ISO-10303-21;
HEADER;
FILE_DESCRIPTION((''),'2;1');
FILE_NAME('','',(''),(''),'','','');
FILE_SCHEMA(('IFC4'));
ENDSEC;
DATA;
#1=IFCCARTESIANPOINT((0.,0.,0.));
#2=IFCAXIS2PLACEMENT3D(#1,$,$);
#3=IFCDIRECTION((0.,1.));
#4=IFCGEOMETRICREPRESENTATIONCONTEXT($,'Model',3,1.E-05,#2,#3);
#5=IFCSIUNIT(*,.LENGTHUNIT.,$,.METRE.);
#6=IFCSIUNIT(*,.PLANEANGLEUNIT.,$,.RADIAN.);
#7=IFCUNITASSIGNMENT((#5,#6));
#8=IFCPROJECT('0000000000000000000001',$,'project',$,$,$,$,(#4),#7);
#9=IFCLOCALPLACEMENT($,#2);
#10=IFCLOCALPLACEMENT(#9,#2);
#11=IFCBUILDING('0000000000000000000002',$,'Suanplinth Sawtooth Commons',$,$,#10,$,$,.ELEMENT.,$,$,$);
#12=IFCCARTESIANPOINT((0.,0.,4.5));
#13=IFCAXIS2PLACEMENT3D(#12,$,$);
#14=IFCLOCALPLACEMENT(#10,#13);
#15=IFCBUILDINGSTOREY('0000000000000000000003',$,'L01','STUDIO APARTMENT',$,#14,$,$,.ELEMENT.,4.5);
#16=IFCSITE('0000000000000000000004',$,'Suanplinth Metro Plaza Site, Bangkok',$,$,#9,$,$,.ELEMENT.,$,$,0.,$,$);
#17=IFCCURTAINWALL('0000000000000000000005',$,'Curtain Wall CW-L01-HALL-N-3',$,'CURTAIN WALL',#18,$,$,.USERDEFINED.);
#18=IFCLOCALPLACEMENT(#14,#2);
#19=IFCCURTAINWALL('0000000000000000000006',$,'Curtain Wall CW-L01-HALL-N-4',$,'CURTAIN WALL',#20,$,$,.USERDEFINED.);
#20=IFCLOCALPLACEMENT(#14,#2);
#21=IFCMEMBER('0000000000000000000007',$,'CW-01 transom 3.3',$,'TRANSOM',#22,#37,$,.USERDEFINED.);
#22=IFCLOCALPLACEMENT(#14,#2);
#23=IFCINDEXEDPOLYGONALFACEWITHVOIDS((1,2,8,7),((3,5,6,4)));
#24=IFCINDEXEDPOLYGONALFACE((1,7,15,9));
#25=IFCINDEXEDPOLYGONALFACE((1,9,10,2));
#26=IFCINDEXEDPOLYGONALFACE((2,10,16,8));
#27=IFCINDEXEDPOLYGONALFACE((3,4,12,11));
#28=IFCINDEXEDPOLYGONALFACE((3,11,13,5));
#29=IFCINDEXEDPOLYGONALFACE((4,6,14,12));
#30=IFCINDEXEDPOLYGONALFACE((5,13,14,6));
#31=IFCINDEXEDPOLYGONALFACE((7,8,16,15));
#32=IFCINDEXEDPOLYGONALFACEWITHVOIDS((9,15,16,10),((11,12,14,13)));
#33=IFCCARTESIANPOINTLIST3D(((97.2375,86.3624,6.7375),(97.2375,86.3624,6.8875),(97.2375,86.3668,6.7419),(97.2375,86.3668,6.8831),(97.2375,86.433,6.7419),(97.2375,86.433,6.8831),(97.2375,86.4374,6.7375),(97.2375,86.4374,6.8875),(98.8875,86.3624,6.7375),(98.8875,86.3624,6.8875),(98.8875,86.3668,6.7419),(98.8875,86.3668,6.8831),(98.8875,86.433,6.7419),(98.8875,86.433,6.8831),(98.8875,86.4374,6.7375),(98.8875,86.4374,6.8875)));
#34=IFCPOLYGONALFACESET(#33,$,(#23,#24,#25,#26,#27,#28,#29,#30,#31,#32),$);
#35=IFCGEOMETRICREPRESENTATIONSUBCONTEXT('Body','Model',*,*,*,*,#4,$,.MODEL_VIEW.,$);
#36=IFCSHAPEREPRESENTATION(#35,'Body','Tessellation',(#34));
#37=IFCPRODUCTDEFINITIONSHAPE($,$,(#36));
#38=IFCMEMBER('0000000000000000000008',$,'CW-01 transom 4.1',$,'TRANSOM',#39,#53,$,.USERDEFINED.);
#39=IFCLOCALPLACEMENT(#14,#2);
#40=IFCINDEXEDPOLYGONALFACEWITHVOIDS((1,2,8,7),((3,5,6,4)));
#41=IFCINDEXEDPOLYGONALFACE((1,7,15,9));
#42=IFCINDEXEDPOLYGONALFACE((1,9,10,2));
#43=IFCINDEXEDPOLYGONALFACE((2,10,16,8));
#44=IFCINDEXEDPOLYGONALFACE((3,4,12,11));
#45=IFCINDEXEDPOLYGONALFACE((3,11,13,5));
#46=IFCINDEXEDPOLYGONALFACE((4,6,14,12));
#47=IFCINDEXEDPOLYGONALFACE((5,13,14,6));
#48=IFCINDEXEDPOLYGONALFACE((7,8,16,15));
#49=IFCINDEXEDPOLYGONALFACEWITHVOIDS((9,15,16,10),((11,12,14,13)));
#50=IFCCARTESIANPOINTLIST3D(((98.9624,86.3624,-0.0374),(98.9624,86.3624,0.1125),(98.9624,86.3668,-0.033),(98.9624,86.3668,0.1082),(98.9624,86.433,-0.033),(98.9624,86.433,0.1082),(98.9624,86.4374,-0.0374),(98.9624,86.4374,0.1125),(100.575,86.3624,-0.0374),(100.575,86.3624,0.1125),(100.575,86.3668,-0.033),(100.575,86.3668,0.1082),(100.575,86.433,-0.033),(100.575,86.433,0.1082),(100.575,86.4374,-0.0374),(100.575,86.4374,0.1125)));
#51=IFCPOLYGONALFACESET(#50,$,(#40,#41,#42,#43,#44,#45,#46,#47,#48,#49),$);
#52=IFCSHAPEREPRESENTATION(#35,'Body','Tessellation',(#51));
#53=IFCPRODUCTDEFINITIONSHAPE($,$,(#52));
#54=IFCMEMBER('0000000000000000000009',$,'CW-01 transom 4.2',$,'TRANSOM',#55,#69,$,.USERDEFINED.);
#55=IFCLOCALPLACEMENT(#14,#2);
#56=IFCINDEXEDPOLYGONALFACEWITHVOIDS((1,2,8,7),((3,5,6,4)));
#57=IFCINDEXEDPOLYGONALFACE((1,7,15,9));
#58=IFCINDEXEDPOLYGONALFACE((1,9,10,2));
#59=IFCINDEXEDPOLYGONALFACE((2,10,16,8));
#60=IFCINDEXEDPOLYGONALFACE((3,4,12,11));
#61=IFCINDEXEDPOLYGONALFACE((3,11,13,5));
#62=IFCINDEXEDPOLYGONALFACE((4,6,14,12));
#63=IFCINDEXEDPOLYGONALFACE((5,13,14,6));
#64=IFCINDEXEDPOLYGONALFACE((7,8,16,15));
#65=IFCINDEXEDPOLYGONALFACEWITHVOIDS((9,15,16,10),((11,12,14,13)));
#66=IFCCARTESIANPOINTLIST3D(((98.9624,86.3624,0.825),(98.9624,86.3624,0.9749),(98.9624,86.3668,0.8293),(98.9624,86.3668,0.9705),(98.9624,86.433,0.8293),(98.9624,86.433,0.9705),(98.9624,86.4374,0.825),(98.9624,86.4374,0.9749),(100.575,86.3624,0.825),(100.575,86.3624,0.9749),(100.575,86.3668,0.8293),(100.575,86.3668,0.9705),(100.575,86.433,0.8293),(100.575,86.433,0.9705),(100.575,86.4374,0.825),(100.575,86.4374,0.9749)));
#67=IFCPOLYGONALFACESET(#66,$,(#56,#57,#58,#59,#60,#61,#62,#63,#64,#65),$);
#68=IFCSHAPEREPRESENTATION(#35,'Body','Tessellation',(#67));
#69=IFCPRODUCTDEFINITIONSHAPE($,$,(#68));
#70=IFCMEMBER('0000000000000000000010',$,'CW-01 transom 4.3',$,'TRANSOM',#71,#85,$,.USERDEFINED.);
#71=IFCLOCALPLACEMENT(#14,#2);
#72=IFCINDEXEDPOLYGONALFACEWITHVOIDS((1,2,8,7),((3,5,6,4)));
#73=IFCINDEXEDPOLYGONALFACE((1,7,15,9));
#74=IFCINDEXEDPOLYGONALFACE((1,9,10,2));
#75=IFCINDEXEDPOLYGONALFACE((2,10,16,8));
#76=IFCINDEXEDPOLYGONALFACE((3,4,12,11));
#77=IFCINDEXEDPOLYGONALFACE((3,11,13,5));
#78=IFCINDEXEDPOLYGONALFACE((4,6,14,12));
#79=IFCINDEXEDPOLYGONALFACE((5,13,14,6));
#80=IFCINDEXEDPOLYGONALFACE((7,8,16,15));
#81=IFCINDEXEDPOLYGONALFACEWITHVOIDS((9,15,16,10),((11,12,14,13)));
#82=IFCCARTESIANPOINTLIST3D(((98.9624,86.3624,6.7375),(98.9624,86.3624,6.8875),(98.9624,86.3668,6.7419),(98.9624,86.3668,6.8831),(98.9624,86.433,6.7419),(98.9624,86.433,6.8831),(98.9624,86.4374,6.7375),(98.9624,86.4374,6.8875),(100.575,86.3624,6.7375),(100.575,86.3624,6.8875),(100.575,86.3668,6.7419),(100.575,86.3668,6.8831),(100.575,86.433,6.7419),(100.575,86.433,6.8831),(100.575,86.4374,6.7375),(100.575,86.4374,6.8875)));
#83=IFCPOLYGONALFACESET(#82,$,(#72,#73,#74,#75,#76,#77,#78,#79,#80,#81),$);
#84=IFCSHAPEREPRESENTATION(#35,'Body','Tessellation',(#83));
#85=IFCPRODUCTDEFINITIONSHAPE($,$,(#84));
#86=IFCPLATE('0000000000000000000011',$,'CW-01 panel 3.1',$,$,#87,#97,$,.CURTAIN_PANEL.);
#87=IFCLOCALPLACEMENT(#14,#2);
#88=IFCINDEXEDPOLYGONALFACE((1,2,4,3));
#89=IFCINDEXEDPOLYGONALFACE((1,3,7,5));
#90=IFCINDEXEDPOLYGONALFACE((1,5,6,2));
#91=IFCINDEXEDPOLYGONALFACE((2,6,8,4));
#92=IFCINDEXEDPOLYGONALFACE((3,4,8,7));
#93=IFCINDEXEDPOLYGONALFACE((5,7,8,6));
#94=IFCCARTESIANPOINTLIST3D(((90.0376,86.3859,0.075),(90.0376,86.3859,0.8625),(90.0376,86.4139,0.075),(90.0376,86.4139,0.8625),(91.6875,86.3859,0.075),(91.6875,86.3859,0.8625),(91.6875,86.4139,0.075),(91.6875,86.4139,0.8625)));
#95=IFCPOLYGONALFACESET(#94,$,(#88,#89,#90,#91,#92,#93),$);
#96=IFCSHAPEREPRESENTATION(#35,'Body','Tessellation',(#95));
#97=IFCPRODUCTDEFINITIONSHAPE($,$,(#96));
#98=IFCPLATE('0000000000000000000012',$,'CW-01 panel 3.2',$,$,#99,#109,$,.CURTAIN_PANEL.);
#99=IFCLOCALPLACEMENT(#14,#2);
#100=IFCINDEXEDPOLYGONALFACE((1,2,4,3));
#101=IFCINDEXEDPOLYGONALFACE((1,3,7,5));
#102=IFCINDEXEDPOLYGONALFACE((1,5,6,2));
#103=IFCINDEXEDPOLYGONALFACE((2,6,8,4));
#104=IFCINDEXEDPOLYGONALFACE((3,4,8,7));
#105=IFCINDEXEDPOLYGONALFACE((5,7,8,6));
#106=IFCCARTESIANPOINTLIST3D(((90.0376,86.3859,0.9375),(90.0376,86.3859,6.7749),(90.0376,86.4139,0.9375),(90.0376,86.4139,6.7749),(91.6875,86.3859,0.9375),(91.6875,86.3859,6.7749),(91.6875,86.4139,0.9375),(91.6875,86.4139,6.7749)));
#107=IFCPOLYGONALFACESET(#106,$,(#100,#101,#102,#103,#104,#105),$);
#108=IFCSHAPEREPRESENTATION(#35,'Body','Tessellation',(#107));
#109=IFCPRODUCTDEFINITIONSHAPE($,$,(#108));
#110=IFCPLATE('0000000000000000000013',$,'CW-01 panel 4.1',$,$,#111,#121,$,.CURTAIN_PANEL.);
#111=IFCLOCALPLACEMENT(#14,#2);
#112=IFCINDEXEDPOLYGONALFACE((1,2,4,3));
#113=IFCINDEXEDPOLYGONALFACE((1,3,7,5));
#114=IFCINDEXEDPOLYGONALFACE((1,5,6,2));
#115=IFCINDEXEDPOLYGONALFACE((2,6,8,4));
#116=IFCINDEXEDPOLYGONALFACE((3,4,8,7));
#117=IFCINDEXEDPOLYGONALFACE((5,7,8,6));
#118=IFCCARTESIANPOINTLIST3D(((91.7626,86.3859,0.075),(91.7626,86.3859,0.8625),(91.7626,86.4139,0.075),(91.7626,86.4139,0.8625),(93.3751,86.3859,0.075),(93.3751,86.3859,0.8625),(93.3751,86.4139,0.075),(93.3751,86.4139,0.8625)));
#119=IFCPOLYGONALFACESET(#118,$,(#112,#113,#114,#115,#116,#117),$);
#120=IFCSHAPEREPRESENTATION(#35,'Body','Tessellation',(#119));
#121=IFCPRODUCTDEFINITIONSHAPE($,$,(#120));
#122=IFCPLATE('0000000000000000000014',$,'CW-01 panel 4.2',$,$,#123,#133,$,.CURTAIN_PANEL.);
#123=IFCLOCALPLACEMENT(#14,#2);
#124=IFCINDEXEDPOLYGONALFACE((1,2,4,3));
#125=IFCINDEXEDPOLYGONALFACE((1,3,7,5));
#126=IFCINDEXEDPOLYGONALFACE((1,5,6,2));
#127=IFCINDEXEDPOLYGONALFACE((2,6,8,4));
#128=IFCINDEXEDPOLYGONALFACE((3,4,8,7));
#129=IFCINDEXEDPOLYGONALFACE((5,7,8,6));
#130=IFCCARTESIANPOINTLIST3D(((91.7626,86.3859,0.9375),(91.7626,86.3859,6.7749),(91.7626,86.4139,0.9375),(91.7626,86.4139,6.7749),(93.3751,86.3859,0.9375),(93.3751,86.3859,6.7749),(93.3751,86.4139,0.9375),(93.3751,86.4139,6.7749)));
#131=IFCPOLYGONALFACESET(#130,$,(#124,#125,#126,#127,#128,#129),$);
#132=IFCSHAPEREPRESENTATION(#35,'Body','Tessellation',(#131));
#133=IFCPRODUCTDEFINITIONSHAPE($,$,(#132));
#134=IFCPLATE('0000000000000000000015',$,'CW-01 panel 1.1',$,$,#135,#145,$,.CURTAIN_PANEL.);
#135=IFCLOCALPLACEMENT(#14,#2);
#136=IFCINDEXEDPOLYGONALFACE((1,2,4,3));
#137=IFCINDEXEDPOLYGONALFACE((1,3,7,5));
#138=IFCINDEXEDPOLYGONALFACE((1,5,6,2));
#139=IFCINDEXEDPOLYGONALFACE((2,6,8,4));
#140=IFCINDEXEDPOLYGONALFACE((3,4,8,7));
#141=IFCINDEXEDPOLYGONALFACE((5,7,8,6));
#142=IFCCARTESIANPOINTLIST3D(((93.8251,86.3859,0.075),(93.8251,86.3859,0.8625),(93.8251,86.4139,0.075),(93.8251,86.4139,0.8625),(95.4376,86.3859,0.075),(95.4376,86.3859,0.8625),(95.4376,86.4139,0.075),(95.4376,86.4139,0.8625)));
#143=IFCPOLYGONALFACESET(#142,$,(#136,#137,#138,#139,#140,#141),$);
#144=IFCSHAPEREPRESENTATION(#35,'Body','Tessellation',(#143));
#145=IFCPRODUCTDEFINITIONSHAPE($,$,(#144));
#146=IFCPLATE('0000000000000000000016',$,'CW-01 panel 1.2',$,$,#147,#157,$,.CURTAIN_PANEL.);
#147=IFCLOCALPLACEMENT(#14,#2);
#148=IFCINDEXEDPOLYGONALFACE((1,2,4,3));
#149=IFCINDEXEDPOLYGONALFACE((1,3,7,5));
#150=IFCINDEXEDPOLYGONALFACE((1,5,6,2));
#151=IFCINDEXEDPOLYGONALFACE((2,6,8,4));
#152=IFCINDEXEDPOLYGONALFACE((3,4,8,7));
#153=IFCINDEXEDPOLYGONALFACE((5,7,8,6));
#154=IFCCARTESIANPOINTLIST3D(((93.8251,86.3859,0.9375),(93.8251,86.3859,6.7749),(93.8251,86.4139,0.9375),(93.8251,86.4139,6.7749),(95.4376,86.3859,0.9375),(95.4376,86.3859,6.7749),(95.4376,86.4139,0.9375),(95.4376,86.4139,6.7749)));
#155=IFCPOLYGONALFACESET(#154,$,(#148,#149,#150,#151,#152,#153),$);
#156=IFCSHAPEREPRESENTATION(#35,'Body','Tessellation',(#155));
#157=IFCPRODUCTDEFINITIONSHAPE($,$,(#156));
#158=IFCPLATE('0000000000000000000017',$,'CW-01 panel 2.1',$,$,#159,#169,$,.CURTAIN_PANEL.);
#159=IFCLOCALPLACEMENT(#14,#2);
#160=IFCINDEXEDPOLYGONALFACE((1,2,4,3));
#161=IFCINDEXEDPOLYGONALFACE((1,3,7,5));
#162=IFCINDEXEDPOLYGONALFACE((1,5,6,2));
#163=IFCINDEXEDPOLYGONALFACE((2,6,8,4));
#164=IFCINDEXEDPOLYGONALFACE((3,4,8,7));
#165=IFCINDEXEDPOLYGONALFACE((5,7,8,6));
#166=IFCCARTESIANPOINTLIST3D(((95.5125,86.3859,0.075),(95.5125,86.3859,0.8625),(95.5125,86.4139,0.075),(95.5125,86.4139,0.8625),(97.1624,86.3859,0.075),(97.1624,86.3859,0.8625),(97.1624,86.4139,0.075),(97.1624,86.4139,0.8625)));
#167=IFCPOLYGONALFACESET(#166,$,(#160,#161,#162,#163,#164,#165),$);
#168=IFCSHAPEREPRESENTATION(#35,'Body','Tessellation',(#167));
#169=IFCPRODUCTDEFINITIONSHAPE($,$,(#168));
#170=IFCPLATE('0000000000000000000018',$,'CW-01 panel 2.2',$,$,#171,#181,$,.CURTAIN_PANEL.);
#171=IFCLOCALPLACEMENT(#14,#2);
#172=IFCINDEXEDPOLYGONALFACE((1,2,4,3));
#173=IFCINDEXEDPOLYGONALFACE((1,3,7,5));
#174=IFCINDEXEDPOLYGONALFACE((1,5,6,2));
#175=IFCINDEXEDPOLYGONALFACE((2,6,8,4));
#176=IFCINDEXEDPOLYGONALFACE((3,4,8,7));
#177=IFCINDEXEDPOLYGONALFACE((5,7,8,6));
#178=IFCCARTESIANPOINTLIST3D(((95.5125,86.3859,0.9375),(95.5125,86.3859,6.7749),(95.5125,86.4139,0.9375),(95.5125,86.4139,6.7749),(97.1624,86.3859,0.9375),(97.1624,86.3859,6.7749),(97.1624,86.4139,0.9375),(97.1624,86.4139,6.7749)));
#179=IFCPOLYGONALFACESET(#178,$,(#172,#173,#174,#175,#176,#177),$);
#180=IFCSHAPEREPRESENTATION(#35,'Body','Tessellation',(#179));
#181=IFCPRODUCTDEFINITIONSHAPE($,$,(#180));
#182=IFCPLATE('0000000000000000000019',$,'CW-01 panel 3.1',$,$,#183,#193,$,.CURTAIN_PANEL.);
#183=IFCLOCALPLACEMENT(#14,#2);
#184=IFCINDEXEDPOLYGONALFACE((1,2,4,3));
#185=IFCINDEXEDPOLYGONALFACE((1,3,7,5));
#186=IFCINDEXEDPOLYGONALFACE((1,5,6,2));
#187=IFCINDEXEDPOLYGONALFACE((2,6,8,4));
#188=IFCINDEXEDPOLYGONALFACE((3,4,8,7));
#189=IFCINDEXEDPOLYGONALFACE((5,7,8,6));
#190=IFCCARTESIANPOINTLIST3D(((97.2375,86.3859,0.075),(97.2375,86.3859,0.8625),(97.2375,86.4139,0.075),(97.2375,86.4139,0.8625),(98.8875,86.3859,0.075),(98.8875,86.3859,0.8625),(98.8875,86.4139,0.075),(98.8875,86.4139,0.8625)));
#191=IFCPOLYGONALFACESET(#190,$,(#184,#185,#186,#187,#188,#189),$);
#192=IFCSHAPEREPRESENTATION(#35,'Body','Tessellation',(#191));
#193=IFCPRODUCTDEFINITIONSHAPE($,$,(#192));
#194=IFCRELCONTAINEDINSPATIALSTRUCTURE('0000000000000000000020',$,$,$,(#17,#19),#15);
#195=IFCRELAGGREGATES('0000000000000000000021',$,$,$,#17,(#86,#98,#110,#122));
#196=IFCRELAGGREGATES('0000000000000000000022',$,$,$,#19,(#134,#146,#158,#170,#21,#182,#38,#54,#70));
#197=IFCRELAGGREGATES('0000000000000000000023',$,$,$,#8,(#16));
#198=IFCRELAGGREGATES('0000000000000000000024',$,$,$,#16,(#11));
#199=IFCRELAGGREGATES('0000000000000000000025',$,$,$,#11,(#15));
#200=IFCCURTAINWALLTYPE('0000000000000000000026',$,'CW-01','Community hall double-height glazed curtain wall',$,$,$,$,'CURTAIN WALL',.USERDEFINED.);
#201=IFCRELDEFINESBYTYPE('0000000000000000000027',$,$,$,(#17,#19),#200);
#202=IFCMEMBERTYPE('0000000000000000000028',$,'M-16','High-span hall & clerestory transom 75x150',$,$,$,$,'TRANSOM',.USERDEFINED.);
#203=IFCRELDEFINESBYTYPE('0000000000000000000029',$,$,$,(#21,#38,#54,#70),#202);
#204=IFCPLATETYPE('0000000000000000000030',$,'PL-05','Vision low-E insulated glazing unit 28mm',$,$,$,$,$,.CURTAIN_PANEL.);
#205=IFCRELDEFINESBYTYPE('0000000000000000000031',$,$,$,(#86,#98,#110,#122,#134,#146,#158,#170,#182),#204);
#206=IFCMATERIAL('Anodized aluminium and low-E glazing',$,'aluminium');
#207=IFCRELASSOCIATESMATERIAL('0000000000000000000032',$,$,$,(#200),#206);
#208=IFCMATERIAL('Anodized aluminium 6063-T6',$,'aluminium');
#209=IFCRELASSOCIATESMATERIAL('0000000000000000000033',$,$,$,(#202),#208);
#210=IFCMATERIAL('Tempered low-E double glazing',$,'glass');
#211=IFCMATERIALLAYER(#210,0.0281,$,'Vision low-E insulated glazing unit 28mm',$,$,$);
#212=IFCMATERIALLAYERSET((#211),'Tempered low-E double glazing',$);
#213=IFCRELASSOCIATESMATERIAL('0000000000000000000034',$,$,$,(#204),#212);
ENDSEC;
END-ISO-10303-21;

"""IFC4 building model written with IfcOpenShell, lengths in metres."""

from ifc_helpers import new_model, si_unit, direction, frame, origin, origin_2d, place, context, subcontext, project, spatial, rectangle, hollow_rectangle, extrude, material, layer, layer_set, material_profile, profile_set, type_object, element, aggregate, save


model = new_model("IFC4")

# Units and contexts
model_context = context("Model", 3, precision=1e-05, world=origin(), true_north=direction((0.0, 1.0)))
body_context = subcontext(model_context, "Body", "Model", "MODEL_VIEW")
ifc_project = project(units=[si_unit("LENGTHUNIT", "METRE"), si_unit("PLANEANGLEUNIT", "RADIAN")], contexts=[model_context])

# Site, building, storey
site_placement = place(None, origin())
site = spatial("IfcSite", under=ifc_project, at=site_placement, Name="Suanplinth Metro Plaza Site, Bangkok", CompositionType="ELEMENT", RefElevation=0.0)
building_placement = place(site_placement, origin())
building = spatial("IfcBuilding", under=site, at=building_placement, Name="Suanplinth Sawtooth Commons", CompositionType="ELEMENT")
storey_placement = place(building_placement, frame((0.0, 0.0, 4.5)))
storey = spatial("IfcBuildingStorey", under=building, at=storey_placement, Name="L01", Description="STUDIO APARTMENT", CompositionType="ELEMENT", Elevation=4.5)

# Curtain walls
ifc_material_1 = material(Name="Anodized aluminium and low-E glazing", Category="aluminium")
curtain_wall_type = type_object("IfcCurtainWallType", Name="CW-01", Description="Community hall double-height glazed curtain wall", ElementType="CURTAIN WALL", PredefinedType="USERDEFINED", material=ifc_material_1)
curtain_wall_1_placement = place(storey_placement, origin())
curtain_wall_1 = element("IfcCurtainWall", 1, at=curtain_wall_1_placement, inside=storey, type_object=curtain_wall_type, Name="Curtain Wall CW-L01-HALL-N-3", ObjectType="CURTAIN WALL", PredefinedType="USERDEFINED")
ifc_material_2 = material(Name="Anodized aluminium 6063-T6", Category="aluminium")
curtain_wall_2_placement = place(storey_placement, origin())
curtain_wall_2 = element("IfcCurtainWall", 2, at=curtain_wall_2_placement, inside=storey, type_object=curtain_wall_type, Name="Curtain Wall CW-L01-HALL-N-4", ObjectType="CURTAIN WALL", PredefinedType="USERDEFINED")

# Members
ifc_material_profile_1 = material_profile(ifc_material_2, hollow_rectangle(XDim=0.075, YDim=0.1499, WallThickness=0.0044, at=origin_2d()), Name="ALU-TRN 75x150")
ifc_profile_set_1 = profile_set([ifc_material_profile_1], Name="Anodized aluminium 6063-T6")
member_type_1 = type_object("IfcMemberType", Name="M-16", Description="High-span hall & clerestory transom 75x150", ElementType="TRANSOM", PredefinedType="USERDEFINED", material=ifc_profile_set_1)
member_1_placement = place(storey_placement, frame((97.2375, 86.3999, 6.8125), z_axis=(1.0, 0.0, 0.0), x_axis=(0.0, 1.0, 0.0)))
member_1 = element("IfcMember", 3, at=member_1_placement, type_object=member_type_1, Name="CW-01 transom 3.3", ObjectType="TRANSOM", PredefinedType="USERDEFINED", context=body_context, shape_type="SweptSolid", body=[
    extrude(hollow_rectangle(XDim=0.075, YDim=0.1499, WallThickness=0.0044, at=origin_2d()), origin(), (0.0, 0.0, 1.0), 1.6499),
])
member_2_placement = place(storey_placement, frame((98.9624, 86.3999, 0.0376), z_axis=(1.0, 0.0, 0.0), x_axis=(0.0, 1.0, 0.0)))
member_2 = element("IfcMember", 4, at=member_2_placement, type_object=member_type_1, Name="CW-01 transom 4.1", ObjectType="TRANSOM", PredefinedType="USERDEFINED", context=body_context, shape_type="SweptSolid", body=[
    extrude(hollow_rectangle(XDim=0.075, YDim=0.1499, WallThickness=0.0044, at=origin_2d()), origin(), (0.0, 0.0, 1.0), 1.6125),
])
member_3_placement = place(storey_placement, frame((98.9624, 86.3999, 0.8999), z_axis=(1.0, 0.0, 0.0), x_axis=(0.0, 1.0, 0.0)))
member_3 = element("IfcMember", 5, at=member_3_placement, type_object=member_type_1, Name="CW-01 transom 4.2", ObjectType="TRANSOM", PredefinedType="USERDEFINED", context=body_context, shape_type="SweptSolid", body=[
    extrude(hollow_rectangle(XDim=0.075, YDim=0.1499, WallThickness=0.0044, at=origin_2d()), origin(), (0.0, 0.0, 1.0), 1.6125),
])
member_4_placement = place(storey_placement, frame((98.9624, 86.3999, 6.8125), z_axis=(1.0, 0.0, 0.0), x_axis=(0.0, 1.0, 0.0)))
member_4 = element("IfcMember", 6, at=member_4_placement, type_object=member_type_1, Name="CW-01 transom 4.3", ObjectType="TRANSOM", PredefinedType="USERDEFINED", context=body_context, shape_type="SweptSolid", body=[
    extrude(hollow_rectangle(XDim=0.075, YDim=0.1499, WallThickness=0.0044, at=origin_2d()), origin(), (0.0, 0.0, 1.0), 1.6125),
])

# Plates
ifc_material_3 = material(Name="Tempered low-E double glazing", Category="glass")
ifc_layer = layer(ifc_material_3, 0.0281, Name="Vision low-E insulated glazing unit 28mm")
ifc_layer_set = layer_set([ifc_layer], Name="Tempered low-E double glazing")
plate_type = type_object("IfcPlateType", Name="PL-05", Description="Vision low-E insulated glazing unit 28mm", PredefinedType="CURTAIN_PANEL", material=ifc_layer_set)
plate_1_placement = place(storey_placement, frame((90.8625, 86.3999, 0.075), z_axis=(0.0, 0.0, 1.0), x_axis=(1.0, 0.0, 0.0)))
plate_1 = element("IfcPlate", 7, at=plate_1_placement, type_object=plate_type, Name="CW-01 panel 3.1", PredefinedType="CURTAIN_PANEL", context=body_context, shape_type="SweptSolid", body=[
    extrude(rectangle(XDim=1.6499, YDim=0.0281, at=origin_2d()), origin(), (0.0, 0.0, 1.0), 0.7876),
])
plate_2_placement = place(storey_placement, frame((90.8625, 86.3999, 0.9375), z_axis=(0.0, 0.0, 1.0), x_axis=(1.0, 0.0, 0.0)))
plate_2 = element("IfcPlate", 8, at=plate_2_placement, type_object=plate_type, Name="CW-01 panel 3.2", PredefinedType="CURTAIN_PANEL", context=body_context, shape_type="SweptSolid", body=[
    extrude(rectangle(XDim=1.6499, YDim=0.0281, at=origin_2d()), origin(), (0.0, 0.0, 1.0), 5.8374),
])
plate_3_placement = place(storey_placement, frame((92.5688, 86.3999, 0.075), z_axis=(0.0, 0.0, 1.0), x_axis=(1.0, 0.0, 0.0)))
plate_3 = element("IfcPlate", 9, at=plate_3_placement, type_object=plate_type, Name="CW-01 panel 4.1", PredefinedType="CURTAIN_PANEL", context=body_context, shape_type="SweptSolid", body=[
    extrude(rectangle(XDim=1.6125, YDim=0.0281, at=origin_2d()), origin(), (0.0, 0.0, 1.0), 0.7876),
])
plate_4_placement = place(storey_placement, frame((92.5688, 86.3999, 0.9375), z_axis=(0.0, 0.0, 1.0), x_axis=(1.0, 0.0, 0.0)))
plate_4 = element("IfcPlate", 10, at=plate_4_placement, type_object=plate_type, Name="CW-01 panel 4.2", PredefinedType="CURTAIN_PANEL", context=body_context, shape_type="SweptSolid", body=[
    extrude(rectangle(XDim=1.6125, YDim=0.0281, at=origin_2d()), origin(), (0.0, 0.0, 1.0), 5.8374),
])
aggregate(curtain_wall_1, [plate_1, plate_2, plate_3, plate_4])
plate_5_placement = place(storey_placement, frame((94.6313, 86.3999, 0.075), z_axis=(0.0, 0.0, 1.0), x_axis=(1.0, 0.0, 0.0)))
plate_5 = element("IfcPlate", 11, at=plate_5_placement, type_object=plate_type, Name="CW-01 panel 1.1", PredefinedType="CURTAIN_PANEL", context=body_context, shape_type="SweptSolid", body=[
    extrude(rectangle(XDim=1.6125, YDim=0.0281, at=origin_2d()), origin(), (0.0, 0.0, 1.0), 0.7876),
])
plate_6_placement = place(storey_placement, frame((94.6313, 86.3999, 0.9375), z_axis=(0.0, 0.0, 1.0), x_axis=(1.0, 0.0, 0.0)))
plate_6 = element("IfcPlate", 12, at=plate_6_placement, type_object=plate_type, Name="CW-01 panel 1.2", PredefinedType="CURTAIN_PANEL", context=body_context, shape_type="SweptSolid", body=[
    extrude(rectangle(XDim=1.6125, YDim=0.0281, at=origin_2d()), origin(), (0.0, 0.0, 1.0), 5.8374),
])
plate_7_placement = place(storey_placement, frame((96.3374, 86.3999, 0.075), z_axis=(0.0, 0.0, 1.0), x_axis=(1.0, 0.0, 0.0)))
plate_7 = element("IfcPlate", 13, at=plate_7_placement, type_object=plate_type, Name="CW-01 panel 2.1", PredefinedType="CURTAIN_PANEL", context=body_context, shape_type="SweptSolid", body=[
    extrude(rectangle(XDim=1.6499, YDim=0.0281, at=origin_2d()), origin(), (0.0, 0.0, 1.0), 0.7876),
])
plate_8_placement = place(storey_placement, frame((96.3374, 86.3999, 0.9375), z_axis=(0.0, 0.0, 1.0), x_axis=(1.0, 0.0, 0.0)))
plate_8 = element("IfcPlate", 14, at=plate_8_placement, type_object=plate_type, Name="CW-01 panel 2.2", PredefinedType="CURTAIN_PANEL", context=body_context, shape_type="SweptSolid", body=[
    extrude(rectangle(XDim=1.6499, YDim=0.0281, at=origin_2d()), origin(), (0.0, 0.0, 1.0), 5.8374),
])
plate_9_placement = place(storey_placement, frame((98.0625, 86.3999, 0.075), z_axis=(0.0, 0.0, 1.0), x_axis=(1.0, 0.0, 0.0)))
plate_9 = element("IfcPlate", 15, at=plate_9_placement, type_object=plate_type, Name="CW-01 panel 3.1", PredefinedType="CURTAIN_PANEL", context=body_context, shape_type="SweptSolid", body=[
    extrude(rectangle(XDim=1.6499, YDim=0.0281, at=origin_2d()), origin(), (0.0, 0.0, 1.0), 0.7876),
])
aggregate(curtain_wall_2, [plate_5, plate_6, plate_7, plate_8, member_1, plate_9, member_2, member_3, member_4])

save(model, "model.ifc")
